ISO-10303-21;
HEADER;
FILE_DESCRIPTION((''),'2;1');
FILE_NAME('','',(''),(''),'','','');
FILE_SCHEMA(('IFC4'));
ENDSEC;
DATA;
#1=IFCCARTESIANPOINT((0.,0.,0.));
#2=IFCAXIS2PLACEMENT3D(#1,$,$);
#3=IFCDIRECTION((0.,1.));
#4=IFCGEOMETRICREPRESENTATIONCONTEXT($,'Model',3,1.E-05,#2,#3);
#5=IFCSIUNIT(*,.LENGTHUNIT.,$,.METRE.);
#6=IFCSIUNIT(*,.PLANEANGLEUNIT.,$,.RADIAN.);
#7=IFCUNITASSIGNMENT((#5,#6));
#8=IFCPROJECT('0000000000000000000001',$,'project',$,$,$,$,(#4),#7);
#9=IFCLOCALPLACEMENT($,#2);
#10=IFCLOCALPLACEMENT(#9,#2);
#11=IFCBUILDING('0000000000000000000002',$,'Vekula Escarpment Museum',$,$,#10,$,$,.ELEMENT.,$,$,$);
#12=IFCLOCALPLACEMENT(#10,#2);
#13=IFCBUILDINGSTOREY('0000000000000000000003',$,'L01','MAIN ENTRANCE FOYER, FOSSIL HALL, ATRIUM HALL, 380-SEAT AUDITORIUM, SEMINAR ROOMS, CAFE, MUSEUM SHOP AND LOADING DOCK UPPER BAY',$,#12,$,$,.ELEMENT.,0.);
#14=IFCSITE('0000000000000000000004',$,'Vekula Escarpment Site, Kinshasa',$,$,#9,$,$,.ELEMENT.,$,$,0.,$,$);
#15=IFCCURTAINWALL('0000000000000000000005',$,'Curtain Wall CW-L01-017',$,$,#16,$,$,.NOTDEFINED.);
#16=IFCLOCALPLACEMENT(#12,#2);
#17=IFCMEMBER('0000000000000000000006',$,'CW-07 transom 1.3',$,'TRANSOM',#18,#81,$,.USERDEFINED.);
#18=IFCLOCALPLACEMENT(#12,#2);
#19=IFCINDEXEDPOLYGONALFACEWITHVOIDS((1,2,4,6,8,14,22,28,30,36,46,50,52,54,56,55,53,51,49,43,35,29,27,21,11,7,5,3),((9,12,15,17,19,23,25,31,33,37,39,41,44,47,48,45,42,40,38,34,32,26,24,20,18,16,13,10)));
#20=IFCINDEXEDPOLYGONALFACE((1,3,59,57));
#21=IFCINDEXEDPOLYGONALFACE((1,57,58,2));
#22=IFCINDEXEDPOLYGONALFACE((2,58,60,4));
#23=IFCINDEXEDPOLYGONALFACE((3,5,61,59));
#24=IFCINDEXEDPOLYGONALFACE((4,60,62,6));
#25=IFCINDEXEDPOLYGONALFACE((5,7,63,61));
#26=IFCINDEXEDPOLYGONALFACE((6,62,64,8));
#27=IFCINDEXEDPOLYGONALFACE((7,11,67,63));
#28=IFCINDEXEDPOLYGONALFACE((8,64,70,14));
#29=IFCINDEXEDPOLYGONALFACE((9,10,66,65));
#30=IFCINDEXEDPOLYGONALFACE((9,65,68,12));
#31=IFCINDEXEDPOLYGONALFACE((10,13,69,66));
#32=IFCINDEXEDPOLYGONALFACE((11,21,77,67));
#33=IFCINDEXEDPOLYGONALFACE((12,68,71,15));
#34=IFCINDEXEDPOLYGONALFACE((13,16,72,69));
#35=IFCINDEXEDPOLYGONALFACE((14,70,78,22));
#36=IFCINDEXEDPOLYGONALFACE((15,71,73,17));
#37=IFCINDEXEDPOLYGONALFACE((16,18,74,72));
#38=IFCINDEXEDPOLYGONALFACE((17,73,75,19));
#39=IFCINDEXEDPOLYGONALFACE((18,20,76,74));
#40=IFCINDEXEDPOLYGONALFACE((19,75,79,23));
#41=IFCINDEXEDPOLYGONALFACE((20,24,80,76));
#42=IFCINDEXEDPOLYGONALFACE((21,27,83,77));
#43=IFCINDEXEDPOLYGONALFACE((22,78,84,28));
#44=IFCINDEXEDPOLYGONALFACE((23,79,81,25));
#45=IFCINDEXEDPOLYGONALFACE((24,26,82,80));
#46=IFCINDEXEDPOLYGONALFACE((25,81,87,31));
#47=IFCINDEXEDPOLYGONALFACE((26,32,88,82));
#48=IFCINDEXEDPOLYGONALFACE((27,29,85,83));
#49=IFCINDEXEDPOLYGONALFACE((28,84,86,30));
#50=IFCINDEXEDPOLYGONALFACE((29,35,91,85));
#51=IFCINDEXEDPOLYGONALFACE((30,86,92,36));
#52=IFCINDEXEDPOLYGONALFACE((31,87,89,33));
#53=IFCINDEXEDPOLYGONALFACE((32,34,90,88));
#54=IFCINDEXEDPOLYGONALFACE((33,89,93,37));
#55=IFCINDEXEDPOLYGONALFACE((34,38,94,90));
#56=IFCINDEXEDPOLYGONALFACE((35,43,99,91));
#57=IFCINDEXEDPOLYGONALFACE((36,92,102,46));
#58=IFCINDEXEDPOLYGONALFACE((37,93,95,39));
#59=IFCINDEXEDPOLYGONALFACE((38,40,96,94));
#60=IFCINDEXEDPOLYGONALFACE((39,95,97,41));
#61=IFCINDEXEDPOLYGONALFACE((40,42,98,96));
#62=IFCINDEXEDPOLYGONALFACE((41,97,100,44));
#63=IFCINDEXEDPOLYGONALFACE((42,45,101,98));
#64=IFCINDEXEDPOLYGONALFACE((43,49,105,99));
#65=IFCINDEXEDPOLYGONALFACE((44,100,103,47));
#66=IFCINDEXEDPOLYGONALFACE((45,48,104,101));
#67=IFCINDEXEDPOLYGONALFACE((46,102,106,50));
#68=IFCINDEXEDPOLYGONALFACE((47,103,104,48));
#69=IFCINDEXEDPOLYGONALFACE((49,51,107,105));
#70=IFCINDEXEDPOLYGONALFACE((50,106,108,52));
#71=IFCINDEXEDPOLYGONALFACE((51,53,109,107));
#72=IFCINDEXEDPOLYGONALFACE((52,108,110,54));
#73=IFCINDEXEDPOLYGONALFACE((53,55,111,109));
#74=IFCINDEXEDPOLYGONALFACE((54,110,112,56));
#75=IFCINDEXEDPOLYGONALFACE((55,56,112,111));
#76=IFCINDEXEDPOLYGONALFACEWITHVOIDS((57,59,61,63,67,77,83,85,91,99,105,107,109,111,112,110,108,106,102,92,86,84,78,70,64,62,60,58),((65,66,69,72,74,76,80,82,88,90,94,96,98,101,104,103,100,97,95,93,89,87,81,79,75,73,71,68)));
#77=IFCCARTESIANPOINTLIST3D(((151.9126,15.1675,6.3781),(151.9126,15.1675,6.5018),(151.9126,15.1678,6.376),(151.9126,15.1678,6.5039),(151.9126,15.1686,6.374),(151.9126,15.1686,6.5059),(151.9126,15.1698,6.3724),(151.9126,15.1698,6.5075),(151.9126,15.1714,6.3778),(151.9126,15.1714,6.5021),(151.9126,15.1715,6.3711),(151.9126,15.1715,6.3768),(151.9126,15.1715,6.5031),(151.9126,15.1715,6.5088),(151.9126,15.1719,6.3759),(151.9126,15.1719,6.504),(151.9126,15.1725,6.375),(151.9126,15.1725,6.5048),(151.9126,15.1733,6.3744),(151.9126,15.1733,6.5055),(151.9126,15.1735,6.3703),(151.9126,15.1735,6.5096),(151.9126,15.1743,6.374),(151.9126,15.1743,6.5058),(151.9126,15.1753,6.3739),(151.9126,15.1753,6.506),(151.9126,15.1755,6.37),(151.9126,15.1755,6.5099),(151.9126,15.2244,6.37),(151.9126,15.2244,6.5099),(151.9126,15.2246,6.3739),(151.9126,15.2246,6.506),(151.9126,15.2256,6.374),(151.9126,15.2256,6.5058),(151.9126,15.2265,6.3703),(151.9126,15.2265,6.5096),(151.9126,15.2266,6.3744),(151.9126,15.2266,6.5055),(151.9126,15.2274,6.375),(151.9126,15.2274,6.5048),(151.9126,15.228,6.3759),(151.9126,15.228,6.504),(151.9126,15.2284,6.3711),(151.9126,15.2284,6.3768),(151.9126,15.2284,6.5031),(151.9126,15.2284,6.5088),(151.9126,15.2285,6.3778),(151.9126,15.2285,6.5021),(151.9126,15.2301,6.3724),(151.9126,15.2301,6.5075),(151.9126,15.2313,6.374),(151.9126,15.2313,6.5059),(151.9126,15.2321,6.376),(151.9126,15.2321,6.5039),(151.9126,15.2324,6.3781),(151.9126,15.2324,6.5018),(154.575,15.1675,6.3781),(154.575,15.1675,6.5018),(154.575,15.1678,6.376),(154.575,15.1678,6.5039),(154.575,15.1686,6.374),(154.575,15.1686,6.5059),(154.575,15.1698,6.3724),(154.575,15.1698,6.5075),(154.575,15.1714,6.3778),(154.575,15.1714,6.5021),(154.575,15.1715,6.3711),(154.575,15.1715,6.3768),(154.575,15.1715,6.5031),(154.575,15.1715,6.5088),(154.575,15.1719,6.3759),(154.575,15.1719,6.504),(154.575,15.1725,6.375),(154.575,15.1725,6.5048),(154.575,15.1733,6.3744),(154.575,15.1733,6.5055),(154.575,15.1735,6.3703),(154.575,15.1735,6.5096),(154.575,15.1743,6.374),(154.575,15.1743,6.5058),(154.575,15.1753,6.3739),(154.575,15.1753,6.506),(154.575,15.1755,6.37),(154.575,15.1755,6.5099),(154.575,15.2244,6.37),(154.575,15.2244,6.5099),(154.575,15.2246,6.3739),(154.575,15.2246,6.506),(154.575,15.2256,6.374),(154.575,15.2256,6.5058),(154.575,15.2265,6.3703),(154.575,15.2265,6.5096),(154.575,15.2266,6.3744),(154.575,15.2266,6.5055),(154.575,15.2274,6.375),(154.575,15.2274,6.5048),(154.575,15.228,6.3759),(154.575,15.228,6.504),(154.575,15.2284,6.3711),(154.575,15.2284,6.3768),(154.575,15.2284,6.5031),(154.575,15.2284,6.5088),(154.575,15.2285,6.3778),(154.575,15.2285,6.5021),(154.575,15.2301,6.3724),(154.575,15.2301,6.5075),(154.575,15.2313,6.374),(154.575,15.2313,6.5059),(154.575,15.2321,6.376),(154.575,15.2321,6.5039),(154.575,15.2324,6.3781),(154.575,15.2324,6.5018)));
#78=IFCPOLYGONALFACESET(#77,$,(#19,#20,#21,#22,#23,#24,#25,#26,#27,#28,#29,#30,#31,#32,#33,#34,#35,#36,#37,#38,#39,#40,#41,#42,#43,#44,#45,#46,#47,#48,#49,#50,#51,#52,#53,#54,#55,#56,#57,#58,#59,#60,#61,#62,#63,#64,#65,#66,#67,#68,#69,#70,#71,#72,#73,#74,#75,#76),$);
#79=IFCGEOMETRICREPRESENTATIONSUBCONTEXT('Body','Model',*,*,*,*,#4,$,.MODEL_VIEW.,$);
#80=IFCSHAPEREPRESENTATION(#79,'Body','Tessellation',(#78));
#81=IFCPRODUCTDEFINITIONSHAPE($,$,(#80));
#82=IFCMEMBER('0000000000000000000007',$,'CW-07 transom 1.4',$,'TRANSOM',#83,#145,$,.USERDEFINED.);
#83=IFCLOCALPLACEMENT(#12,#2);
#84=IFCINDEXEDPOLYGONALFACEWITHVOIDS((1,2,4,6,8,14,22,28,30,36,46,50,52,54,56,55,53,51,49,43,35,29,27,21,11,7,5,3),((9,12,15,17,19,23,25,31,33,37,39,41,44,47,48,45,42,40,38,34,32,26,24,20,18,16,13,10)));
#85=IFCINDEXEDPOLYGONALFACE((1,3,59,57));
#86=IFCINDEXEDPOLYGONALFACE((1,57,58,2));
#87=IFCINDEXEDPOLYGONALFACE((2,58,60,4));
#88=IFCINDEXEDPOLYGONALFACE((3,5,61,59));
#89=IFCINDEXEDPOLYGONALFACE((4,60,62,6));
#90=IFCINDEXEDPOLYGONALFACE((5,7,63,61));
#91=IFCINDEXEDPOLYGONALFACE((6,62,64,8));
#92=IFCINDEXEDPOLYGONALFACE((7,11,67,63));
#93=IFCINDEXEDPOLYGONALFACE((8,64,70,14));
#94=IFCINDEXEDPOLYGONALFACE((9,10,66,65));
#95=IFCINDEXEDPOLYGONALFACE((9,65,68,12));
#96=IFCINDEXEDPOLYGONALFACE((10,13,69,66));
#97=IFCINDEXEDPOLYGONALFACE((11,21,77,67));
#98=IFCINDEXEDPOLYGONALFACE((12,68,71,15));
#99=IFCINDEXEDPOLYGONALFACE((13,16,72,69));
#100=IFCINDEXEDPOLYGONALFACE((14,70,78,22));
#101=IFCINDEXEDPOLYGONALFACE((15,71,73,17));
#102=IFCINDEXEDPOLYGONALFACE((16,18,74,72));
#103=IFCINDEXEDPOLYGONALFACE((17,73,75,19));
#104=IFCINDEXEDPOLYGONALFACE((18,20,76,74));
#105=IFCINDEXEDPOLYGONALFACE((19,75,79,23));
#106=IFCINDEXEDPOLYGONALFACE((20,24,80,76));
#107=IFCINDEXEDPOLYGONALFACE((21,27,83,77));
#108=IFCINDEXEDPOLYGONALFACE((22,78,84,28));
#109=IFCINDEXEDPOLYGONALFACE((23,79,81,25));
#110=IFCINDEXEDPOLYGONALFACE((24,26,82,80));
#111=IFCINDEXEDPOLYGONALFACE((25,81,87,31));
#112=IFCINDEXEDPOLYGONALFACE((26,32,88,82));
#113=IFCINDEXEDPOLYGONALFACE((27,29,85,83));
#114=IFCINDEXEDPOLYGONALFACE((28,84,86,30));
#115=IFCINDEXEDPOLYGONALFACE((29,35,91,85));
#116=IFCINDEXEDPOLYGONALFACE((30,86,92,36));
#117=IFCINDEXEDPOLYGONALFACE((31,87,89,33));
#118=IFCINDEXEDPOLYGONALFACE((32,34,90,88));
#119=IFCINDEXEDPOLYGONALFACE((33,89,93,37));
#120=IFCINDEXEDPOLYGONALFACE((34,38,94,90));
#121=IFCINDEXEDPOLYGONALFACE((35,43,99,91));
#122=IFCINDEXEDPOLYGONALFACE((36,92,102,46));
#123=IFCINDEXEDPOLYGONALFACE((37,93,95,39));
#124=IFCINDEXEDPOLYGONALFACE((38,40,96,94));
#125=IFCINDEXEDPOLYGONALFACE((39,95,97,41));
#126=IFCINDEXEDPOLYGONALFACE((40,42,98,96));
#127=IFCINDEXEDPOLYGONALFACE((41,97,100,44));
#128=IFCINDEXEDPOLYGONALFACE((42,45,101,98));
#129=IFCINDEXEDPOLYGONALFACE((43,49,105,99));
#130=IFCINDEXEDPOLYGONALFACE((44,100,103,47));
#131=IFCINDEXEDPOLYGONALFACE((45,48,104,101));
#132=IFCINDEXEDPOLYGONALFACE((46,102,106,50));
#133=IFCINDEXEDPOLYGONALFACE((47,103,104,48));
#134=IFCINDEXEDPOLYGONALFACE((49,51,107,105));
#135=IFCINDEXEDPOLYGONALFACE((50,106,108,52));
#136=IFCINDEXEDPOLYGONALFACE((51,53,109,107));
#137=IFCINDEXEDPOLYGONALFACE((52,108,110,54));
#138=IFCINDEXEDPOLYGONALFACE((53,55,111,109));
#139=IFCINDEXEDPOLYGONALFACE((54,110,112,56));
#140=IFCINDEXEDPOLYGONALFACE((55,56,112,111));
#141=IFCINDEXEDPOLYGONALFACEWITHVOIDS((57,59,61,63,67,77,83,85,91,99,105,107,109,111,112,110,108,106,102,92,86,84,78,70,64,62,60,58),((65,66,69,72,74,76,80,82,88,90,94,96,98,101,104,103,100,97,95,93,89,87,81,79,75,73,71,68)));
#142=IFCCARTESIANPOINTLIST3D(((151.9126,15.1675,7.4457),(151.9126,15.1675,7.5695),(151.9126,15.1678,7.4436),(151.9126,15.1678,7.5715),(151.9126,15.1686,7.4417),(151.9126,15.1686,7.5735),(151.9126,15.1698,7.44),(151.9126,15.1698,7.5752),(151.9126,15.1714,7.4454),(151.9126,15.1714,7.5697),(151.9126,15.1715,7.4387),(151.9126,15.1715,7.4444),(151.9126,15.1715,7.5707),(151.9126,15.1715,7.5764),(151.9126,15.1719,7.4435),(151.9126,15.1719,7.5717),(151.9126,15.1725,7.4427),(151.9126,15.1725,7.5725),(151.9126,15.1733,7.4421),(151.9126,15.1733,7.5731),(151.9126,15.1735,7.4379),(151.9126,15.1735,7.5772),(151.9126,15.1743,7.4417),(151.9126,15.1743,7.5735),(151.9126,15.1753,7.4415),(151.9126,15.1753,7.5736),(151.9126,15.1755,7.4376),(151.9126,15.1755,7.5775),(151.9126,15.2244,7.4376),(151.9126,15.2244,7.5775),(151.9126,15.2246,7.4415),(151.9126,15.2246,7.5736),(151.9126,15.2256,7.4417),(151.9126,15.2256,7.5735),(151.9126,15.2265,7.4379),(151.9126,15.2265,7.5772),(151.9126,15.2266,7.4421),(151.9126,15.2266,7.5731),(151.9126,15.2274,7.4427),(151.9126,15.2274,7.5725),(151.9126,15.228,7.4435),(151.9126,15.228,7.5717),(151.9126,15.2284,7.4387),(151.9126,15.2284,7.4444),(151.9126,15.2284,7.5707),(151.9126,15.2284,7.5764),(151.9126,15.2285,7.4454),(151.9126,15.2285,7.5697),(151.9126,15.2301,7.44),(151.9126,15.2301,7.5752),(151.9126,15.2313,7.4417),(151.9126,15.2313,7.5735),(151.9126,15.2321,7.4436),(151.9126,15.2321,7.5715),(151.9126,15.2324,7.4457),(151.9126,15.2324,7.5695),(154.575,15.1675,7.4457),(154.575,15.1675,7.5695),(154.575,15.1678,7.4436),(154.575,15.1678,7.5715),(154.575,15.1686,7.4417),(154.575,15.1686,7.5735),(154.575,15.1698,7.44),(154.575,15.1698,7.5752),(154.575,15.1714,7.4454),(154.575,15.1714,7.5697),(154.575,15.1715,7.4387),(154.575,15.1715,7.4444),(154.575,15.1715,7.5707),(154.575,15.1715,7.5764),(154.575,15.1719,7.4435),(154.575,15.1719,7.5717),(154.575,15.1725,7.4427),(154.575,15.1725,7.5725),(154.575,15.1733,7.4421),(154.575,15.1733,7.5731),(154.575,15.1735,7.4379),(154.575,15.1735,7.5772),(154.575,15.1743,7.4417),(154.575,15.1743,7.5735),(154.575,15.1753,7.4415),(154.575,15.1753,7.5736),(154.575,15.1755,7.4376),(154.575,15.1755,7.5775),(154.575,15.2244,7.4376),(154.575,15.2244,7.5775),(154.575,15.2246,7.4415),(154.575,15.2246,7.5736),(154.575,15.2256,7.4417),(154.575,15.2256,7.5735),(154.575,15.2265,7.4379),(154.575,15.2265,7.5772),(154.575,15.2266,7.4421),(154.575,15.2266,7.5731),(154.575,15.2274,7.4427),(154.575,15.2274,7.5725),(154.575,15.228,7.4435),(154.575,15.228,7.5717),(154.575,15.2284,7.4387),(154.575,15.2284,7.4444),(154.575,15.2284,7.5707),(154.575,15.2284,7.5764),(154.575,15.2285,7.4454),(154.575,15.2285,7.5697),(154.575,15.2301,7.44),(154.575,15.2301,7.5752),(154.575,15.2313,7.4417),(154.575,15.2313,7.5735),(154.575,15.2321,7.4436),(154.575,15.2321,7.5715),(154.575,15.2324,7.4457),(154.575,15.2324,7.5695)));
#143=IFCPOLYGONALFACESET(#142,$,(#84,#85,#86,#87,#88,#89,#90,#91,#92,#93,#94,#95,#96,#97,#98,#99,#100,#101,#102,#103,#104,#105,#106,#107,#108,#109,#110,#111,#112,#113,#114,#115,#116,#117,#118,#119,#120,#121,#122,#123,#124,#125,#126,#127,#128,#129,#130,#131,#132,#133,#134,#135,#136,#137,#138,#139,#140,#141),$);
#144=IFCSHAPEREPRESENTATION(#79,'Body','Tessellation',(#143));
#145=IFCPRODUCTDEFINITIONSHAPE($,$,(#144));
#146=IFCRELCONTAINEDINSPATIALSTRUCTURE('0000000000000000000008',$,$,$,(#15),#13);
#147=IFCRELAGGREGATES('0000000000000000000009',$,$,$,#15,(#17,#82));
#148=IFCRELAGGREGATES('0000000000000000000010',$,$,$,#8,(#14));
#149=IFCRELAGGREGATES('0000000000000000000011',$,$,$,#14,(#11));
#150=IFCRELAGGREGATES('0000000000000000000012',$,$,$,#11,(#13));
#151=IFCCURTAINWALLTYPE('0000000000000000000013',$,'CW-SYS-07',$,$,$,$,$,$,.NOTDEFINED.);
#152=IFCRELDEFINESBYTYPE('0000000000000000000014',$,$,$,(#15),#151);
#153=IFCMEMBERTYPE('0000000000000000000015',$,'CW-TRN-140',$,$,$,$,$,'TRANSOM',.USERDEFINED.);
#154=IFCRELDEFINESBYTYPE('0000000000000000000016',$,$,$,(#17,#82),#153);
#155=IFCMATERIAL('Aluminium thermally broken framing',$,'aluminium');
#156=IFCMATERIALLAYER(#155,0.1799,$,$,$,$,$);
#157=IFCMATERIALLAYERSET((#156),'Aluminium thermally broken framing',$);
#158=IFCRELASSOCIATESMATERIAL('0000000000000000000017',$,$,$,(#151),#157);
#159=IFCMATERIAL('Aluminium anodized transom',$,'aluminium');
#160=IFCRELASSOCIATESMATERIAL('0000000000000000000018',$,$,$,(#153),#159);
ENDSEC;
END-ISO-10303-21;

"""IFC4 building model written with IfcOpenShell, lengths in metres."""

from ifc_helpers import new_model, si_unit, direction, frame, origin, origin_2d, place, context, subcontext, project, spatial, hollow_rectangle, extrude, material, layer, layer_set, material_profile, profile_set, type_object, element, aggregate, save


model = new_model("IFC4")

# Units and contexts
model_context = context("Model", 3, precision=1e-05, world=origin(), true_north=direction((0.0, 1.0)))
body_context = subcontext(model_context, "Body", "Model", "MODEL_VIEW")
ifc_project = project(units=[si_unit("LENGTHUNIT", "METRE"), si_unit("PLANEANGLEUNIT", "RADIAN")], contexts=[model_context])

# Site, building, storey
site_placement = place(None, origin())
site = spatial("IfcSite", under=ifc_project, at=site_placement, Name="Vekula Escarpment Site, Kinshasa", CompositionType="ELEMENT", RefElevation=0.0)
building_placement = place(site_placement, origin())
building = spatial("IfcBuilding", under=site, at=building_placement, Name="Vekula Escarpment Museum", CompositionType="ELEMENT")
storey_placement = place(building_placement, origin())
storey = spatial("IfcBuildingStorey", under=building, at=storey_placement, Name="L01", Description="MAIN ENTRANCE FOYER, FOSSIL HALL, ATRIUM HALL, 380-SEAT AUDITORIUM, SEMINAR ROOMS, CAFE, MUSEUM SHOP AND LOADING DOCK UPPER BAY", CompositionType="ELEMENT", Elevation=0.0)

# Curtain wall
ifc_material_1 = material(Name="Aluminium thermally broken framing", Category="aluminium")
ifc_layer_1 = layer(ifc_material_1, 0.1799)
ifc_layer_set_1 = layer_set([ifc_layer_1], Name="Aluminium thermally broken framing")
curtain_wall_type_1 = type_object("IfcCurtainWallType", Name="CW-SYS-07", PredefinedType="NOTDEFINED", material=ifc_layer_set_1)
curtain_wall_1_placement = place(storey_placement, origin())
curtain_wall_1 = element("IfcCurtainWall", 1, at=curtain_wall_1_placement, inside=storey, type_object=curtain_wall_type_1, Name="Curtain Wall CW-L01-017", PredefinedType="NOTDEFINED")

# Members
ifc_material_2 = material(Name="Aluminium anodized transom", Category="aluminium")
ifc_material_profile_1 = material_profile(ifc_material_2, hollow_rectangle(XDim=0.0649, YDim=0.1399, WallThickness=0.0039, InnerFilletRadius=0.0039, OuterFilletRadius=0.0081, at=origin_2d()), Name="ALU 140x65x4")
ifc_profile_set_1 = profile_set([ifc_material_profile_1], Name="Aluminium anodized transom")
member_type_1 = type_object("IfcMemberType", Name="CW-TRN-140", ElementType="TRANSOM", PredefinedType="USERDEFINED", material=ifc_profile_set_1)
member_1_placement = place(storey_placement, frame((154.575, 15.2, 6.4399), z_axis=(-1.0, 0.0, 0.0), x_axis=(0.0, -1.0, 0.0)))
member_1 = element("IfcMember", 2, at=member_1_placement, type_object=member_type_1, Name="CW-07 transom 1.3", ObjectType="TRANSOM", PredefinedType="USERDEFINED", context=body_context, shape_type="SweptSolid", body=[
    extrude(hollow_rectangle(XDim=0.0649, YDim=0.1399, WallThickness=0.0039, InnerFilletRadius=0.0039, OuterFilletRadius=0.0081, at=origin_2d()), origin(), (0.0, 0.0, 1.0), 2.6624),
])
member_2_placement = place(storey_placement, frame((154.575, 15.2, 7.5076), z_axis=(-1.0, 0.0, 0.0), x_axis=(0.0, -1.0, 0.0)))
member_2 = element("IfcMember", 3, at=member_2_placement, type_object=member_type_1, Name="CW-07 transom 1.4", ObjectType="TRANSOM", PredefinedType="USERDEFINED", context=body_context, shape_type="SweptSolid", body=[
    extrude(hollow_rectangle(XDim=0.0649, YDim=0.1399, WallThickness=0.0039, InnerFilletRadius=0.0039, OuterFilletRadius=0.0081, at=origin_2d()), origin(), (0.0, 0.0, 1.0), 2.6624),
])

aggregate(curtain_wall_1, [member_1, member_2])

save(model, "model.ifc")
